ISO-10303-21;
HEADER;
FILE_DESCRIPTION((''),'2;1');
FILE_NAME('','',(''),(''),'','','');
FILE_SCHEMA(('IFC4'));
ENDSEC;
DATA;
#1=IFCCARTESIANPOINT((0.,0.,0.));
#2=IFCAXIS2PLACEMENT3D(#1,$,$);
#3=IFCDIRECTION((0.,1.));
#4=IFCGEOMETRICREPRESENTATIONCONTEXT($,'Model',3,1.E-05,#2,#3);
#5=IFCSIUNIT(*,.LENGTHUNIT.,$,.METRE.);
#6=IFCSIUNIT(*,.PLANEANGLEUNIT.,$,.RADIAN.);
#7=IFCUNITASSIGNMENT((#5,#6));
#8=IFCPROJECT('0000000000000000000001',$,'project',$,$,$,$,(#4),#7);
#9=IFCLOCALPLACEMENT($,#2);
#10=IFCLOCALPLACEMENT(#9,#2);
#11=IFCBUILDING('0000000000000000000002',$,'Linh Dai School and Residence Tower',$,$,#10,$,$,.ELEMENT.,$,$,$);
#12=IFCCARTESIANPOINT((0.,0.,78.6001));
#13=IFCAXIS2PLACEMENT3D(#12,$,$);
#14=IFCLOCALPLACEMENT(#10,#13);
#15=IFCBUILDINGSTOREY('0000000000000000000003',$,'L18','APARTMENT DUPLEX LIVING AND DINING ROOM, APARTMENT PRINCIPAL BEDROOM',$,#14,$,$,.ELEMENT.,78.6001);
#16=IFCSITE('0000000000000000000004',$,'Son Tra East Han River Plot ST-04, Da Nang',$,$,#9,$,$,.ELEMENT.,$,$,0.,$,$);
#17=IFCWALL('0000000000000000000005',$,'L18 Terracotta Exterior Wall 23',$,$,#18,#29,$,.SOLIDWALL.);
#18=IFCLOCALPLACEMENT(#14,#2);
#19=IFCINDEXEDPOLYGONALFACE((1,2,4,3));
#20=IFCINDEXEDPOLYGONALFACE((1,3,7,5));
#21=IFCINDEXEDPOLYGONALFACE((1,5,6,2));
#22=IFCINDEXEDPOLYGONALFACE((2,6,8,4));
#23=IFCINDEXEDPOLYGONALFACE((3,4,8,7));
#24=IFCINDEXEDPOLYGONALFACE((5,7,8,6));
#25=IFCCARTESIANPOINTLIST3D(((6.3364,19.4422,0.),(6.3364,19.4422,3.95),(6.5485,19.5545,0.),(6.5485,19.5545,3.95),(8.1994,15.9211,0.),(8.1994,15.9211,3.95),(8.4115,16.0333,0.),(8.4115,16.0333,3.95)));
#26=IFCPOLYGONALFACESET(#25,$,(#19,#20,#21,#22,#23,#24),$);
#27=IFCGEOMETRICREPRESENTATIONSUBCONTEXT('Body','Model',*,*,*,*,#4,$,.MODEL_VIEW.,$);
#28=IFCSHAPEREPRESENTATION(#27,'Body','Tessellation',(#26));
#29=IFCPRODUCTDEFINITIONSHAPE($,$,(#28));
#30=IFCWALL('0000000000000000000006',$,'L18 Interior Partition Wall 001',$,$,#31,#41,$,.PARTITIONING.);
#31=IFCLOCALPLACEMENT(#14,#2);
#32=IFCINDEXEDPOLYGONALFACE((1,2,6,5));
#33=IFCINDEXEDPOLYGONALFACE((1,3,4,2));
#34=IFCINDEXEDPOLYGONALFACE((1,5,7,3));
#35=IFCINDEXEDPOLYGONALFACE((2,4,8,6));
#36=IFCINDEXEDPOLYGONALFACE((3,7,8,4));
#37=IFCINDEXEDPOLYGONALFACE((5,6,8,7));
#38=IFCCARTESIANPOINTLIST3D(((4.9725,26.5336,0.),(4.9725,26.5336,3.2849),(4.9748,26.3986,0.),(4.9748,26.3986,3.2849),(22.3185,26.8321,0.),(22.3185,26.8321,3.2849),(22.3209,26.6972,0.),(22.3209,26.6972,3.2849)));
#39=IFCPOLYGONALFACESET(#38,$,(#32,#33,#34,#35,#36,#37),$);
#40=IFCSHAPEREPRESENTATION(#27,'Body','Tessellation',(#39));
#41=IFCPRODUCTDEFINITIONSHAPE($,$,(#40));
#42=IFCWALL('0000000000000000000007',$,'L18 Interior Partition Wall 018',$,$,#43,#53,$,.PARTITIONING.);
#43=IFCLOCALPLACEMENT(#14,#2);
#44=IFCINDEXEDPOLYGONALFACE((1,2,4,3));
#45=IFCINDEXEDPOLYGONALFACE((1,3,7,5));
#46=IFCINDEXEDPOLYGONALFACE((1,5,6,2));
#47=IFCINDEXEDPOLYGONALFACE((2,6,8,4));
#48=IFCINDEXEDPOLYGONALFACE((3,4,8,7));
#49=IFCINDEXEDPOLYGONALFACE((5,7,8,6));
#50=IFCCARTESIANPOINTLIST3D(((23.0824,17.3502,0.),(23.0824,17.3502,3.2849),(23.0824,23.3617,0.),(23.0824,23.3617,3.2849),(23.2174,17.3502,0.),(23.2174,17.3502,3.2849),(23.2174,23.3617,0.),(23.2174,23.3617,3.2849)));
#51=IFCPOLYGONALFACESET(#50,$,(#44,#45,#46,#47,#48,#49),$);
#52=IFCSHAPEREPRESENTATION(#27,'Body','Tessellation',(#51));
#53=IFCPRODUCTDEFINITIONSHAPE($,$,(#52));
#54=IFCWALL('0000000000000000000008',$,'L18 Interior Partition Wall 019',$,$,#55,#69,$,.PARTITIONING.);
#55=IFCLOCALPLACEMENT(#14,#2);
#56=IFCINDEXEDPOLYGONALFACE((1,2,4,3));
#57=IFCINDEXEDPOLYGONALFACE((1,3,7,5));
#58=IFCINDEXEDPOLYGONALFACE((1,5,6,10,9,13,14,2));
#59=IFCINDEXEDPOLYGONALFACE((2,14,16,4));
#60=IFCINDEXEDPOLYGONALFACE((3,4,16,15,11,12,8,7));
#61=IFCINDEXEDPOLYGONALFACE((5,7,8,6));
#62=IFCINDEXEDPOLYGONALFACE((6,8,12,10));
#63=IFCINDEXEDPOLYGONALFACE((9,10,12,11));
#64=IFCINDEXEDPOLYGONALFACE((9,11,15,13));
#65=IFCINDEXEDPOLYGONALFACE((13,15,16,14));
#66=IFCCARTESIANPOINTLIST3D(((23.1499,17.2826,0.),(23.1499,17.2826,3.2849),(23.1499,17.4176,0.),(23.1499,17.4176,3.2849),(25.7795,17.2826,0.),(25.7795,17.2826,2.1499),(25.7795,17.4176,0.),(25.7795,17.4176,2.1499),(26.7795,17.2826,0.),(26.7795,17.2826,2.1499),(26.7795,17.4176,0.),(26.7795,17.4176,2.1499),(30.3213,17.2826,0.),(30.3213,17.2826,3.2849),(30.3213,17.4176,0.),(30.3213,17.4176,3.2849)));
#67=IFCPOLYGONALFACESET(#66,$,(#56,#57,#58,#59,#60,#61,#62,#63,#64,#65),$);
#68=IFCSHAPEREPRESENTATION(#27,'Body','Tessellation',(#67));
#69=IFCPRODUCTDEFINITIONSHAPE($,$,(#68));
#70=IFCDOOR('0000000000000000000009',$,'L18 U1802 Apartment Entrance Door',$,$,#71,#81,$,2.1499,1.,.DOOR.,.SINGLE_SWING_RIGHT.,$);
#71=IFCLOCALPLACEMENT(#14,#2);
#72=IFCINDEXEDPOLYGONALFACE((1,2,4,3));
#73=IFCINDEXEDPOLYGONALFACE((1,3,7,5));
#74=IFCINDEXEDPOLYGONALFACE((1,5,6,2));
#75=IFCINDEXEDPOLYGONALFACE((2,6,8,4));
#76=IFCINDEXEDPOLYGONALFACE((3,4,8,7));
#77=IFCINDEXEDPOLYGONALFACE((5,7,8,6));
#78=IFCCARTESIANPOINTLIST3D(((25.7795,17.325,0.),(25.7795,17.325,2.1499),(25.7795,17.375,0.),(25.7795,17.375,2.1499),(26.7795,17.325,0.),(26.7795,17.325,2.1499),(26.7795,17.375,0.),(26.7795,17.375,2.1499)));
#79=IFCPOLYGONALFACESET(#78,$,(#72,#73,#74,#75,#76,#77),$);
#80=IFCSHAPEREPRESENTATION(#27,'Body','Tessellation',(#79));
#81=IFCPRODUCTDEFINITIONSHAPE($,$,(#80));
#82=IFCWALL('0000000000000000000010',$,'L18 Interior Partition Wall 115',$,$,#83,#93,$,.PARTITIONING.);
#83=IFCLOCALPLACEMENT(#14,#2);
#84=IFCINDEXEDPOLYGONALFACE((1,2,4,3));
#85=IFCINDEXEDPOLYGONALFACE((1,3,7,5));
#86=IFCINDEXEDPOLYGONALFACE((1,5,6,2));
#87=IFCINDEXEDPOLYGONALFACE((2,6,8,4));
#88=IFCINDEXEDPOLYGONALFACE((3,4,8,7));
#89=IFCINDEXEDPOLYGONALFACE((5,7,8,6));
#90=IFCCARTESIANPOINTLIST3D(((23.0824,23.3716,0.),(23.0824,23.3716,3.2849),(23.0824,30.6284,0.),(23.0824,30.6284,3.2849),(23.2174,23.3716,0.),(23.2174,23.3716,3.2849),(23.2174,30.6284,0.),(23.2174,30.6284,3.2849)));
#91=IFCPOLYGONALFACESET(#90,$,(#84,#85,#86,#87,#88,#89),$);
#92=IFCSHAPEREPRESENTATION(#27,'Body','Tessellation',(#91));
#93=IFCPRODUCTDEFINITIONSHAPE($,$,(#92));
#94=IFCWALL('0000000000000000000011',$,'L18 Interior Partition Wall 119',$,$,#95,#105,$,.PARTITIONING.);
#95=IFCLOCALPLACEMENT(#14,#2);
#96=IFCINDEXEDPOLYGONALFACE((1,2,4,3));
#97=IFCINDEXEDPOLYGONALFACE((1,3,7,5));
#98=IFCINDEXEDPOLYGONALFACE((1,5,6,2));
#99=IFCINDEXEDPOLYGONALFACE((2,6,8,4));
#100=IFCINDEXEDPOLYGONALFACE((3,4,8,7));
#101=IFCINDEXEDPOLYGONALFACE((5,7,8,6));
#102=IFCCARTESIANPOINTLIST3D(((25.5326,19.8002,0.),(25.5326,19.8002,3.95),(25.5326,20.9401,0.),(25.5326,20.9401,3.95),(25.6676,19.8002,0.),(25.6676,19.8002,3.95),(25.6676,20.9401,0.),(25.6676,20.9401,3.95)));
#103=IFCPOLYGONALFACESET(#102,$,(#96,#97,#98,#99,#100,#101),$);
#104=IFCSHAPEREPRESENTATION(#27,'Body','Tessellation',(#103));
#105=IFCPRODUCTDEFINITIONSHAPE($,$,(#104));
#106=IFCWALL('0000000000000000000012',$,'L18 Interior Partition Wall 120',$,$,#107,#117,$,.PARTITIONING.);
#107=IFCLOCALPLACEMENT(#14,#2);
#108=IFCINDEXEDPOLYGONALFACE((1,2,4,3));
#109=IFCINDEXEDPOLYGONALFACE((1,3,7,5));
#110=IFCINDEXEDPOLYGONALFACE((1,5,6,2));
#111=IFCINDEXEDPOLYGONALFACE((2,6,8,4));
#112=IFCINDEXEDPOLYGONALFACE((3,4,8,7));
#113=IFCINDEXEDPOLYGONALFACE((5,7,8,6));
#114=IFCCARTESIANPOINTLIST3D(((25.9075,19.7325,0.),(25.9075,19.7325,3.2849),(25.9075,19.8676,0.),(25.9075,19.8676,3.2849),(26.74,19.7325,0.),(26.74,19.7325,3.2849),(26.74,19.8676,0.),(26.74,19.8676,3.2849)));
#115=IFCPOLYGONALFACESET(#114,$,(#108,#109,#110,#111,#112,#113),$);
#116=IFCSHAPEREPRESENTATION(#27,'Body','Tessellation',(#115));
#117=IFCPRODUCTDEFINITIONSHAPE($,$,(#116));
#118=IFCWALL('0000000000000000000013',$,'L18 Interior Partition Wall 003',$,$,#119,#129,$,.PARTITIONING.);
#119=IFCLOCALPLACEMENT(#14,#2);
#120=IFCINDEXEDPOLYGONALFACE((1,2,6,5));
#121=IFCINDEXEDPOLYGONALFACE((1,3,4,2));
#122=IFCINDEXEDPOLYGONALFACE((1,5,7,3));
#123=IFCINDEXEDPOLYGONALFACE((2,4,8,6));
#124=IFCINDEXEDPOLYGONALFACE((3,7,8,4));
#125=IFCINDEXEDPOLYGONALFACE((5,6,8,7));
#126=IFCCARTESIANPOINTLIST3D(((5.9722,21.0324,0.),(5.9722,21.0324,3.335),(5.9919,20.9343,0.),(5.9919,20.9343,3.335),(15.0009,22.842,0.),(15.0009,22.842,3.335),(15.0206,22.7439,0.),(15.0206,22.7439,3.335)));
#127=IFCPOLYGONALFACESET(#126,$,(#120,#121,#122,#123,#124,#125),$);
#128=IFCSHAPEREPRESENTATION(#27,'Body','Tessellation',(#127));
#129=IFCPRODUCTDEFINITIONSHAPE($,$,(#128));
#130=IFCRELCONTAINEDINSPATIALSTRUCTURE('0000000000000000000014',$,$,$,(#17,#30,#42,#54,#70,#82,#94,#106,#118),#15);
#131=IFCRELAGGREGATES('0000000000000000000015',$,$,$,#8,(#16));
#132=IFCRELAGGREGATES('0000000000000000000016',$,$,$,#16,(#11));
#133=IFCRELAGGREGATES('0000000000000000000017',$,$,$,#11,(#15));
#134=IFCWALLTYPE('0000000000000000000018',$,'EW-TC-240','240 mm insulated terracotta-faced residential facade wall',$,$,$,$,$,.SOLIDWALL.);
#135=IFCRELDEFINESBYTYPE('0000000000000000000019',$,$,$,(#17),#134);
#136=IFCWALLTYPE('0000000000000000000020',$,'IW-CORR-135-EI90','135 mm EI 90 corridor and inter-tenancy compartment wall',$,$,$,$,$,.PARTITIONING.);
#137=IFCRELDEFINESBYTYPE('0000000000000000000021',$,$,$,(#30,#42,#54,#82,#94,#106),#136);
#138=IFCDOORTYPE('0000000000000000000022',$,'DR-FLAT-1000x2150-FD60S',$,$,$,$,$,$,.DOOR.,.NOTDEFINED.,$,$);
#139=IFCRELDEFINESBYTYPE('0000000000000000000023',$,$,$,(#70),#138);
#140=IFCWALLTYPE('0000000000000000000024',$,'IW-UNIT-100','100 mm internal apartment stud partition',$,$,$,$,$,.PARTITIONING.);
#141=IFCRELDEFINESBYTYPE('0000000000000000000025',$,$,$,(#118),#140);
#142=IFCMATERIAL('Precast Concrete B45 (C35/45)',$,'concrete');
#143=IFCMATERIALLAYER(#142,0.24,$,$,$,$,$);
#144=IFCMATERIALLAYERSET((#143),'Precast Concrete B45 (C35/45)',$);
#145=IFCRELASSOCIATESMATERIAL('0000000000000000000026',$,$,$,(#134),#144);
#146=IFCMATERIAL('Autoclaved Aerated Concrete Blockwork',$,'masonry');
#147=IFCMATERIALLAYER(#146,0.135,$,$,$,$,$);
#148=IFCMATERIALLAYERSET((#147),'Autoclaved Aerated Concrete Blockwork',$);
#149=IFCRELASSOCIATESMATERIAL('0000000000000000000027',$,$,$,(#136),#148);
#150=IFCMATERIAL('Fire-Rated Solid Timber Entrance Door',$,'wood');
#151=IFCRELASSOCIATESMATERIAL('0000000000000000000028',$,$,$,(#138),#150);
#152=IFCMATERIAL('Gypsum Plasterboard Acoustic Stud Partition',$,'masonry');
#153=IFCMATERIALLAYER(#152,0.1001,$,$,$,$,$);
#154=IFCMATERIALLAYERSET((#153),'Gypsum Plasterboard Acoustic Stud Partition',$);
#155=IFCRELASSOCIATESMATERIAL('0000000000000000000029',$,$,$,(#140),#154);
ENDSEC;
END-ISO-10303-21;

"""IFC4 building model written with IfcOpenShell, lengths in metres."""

from ifc_helpers import new_model, si_unit, direction, frame, frame_2d, origin, origin_2d, place, context, subcontext, project, spatial, rectangle, extrude, source, transform, mapped, material, layer, layer_set, type_object, element, fill, save


model = new_model("IFC4")

# Units and contexts
model_context = context("Model", 3, precision=1e-05, world=origin(), true_north=direction((0.0, 1.0)))
body_context = subcontext(model_context, "Body", "Model", "MODEL_VIEW")
ifc_project = project(units=[si_unit("LENGTHUNIT", "METRE"), si_unit("PLANEANGLEUNIT", "RADIAN")], contexts=[model_context])

# Site, building, storey
site_placement = place(None, origin())
site = spatial("IfcSite", under=ifc_project, at=site_placement, Name="Son Tra East Han River Plot ST-04, Da Nang", CompositionType="ELEMENT", RefElevation=0.0)
building_placement = place(site_placement, origin())
building = spatial("IfcBuilding", under=site, at=building_placement, Name="Linh Dai School and Residence Tower", CompositionType="ELEMENT")
storey_placement = place(building_placement, frame((0.0, 0.0, 78.6001)))
storey = spatial("IfcBuildingStorey", under=building, at=storey_placement, Name="L18", Description="APARTMENT DUPLEX LIVING AND DINING ROOM, APARTMENT PRINCIPAL BEDROOM", CompositionType="ELEMENT", Elevation=78.6001)

# Shared definitions
ifc_material_1 = material(Name="Precast Concrete B45 (C35/45)", Category="concrete")

# Shared definitions
ifc_layer_1 = layer(ifc_material_1, 0.24)
ifc_layer_set_1 = layer_set([ifc_layer_1], Name="Precast Concrete B45 (C35/45)")
wall_type_1 = type_object("IfcWallType", Name="EW-TC-240", Description="240 mm insulated terracotta-faced residential facade wall", PredefinedType="SOLIDWALL", material=ifc_layer_set_1)

# Walls
wall_1_placement = place(storey_placement, frame((8.3054, 15.9773, 0.0), z_axis=(0.0, 0.0, 1.0), x_axis=(-0.467662, 0.883907, 0.0)))
element("IfcWall", 1, at=wall_1_placement, inside=storey, type_object=wall_type_1, Name="L18 Terracotta Exterior Wall 23", PredefinedType="SOLIDWALL", context=body_context, shape_type="SweptSolid", body=[
    extrude(rectangle(XDim=3.9836, YDim=0.24, at=frame_2d((1.9917, 0.0))), origin(), (0.0, 0.0, 1.0), 3.95),
])
ifc_material_2 = material(Name="Autoclaved Aerated Concrete Blockwork", Category="masonry")
ifc_layer_2 = layer(ifc_material_2, 0.135)
ifc_layer_set_2 = layer_set([ifc_layer_2], Name="Autoclaved Aerated Concrete Blockwork")
wall_type_2 = type_object("IfcWallType", Name="IW-CORR-135-EI90", Description="135 mm EI 90 corridor and inter-tenancy compartment wall", PredefinedType="PARTITIONING", material=ifc_layer_set_2)
wall_2_placement = place(storey_placement, frame((4.9736, 26.4661, 0.0), z_axis=(0.0, 0.0, 1.0), x_axis=(0.999852, 0.017211, 0.0)))
element("IfcWall", 2, at=wall_2_placement, inside=storey, type_object=wall_type_2, Name="L18 Interior Partition Wall 001", PredefinedType="PARTITIONING", context=body_context, shape_type="SweptSolid", body=[
    extrude(rectangle(XDim=17.3486, YDim=0.135, at=frame_2d((8.6743, 0.0))), origin(), (0.0, 0.0, 1.0), 3.2849),
])
wall_3_placement = place(storey_placement, frame((23.1499, 17.3501, 0.0), z_axis=(0.0, 0.0, 1.0), x_axis=(0.0, 1.0, 0.0)))
element("IfcWall", 3, at=wall_3_placement, inside=storey, type_object=wall_type_2, Name="L18 Interior Partition Wall 018", PredefinedType="PARTITIONING", context=body_context, shape_type="SweptSolid", body=[
    extrude(rectangle(XDim=6.0115, YDim=0.135, at=frame_2d((3.0059, 0.0))), origin(), (0.0, 0.0, 1.0), 3.2849),
])

# Wall, opening, door
wall_4_placement = place(storey_placement, frame((23.1499, 17.3501, 0.0), z_axis=(0.0, 0.0, 1.0), x_axis=(1.0, 0.0, 0.0)))
wall_4 = element("IfcWall", 4, at=wall_4_placement, inside=storey, type_object=wall_type_2, Name="L18 Interior Partition Wall 019", PredefinedType="PARTITIONING", context=body_context, shape_type="SweptSolid", body=[
    extrude(rectangle(XDim=7.1714, YDim=0.135, at=frame_2d((3.5857, 0.0))), origin(), (0.0, 0.0, 1.0), 3.2849),
])
opening_1_placement = place(wall_4_placement, frame((2.6296, 0.0, 0.0)))
opening_1 = element("IfcOpeningElement", 5, at=opening_1_placement, cuts=wall_4, PredefinedType="OPENING", context=body_context, shape_type="SweptSolid", body=[
    extrude(rectangle(XDim=1.0, YDim=2.1499, at=origin_2d()), frame((0.5, 0.0776, 1.075), z_axis=(0.0, -1.0, 0.0), x_axis=(1.0, 0.0, 0.0)), (0.0, 0.0, 1.0), 0.155),
])
ifc_material_3 = material(Name="Fire-Rated Solid Timber Entrance Door", Category="wood")
door_type_1 = type_object("IfcDoorType", Name="DR-FLAT-1000x2150-FD60S", OperationType="NOTDEFINED", PredefinedType="DOOR", material=ifc_material_3)
shared_shape_1 = source(origin(), body_context, "Body", "SweptSolid", [
    extrude(rectangle(XDim=1.0, YDim=2.1499, at=origin_2d()), frame((0.5, 0.0249, 1.075), z_axis=(0.0, -1.0, 0.0), x_axis=(1.0, 0.0, 0.0)), (0.0, 0.0, 1.0), 0.05),
])
door_1_placement = place(opening_1_placement, origin())
door_1 = element("IfcDoor", 6, at=door_1_placement, inside=storey, type_object=door_type_1, Name="L18 U1802 Apartment Entrance Door", OperationType="SINGLE_SWING_RIGHT", OverallHeight=2.1499, OverallWidth=1.0, PredefinedType="DOOR", context=body_context, shape_type="MappedRepresentation", body=[
    mapped(shared_shape_1, transform((0.0, 0.0, 0.0), x_axis=(1.0, 0.0, 0.0), y_axis=(0.0, 1.0, 0.0), z_axis=(0.0, 0.0, 1.0), scale=1.0)),
])
fill(opening_1, door_1)

# Walls
wall_5_placement = place(storey_placement, frame((23.1499, 23.3716, 0.0), z_axis=(0.0, 0.0, 1.0), x_axis=(0.0, 1.0, 0.0)))
element("IfcWall", 7, at=wall_5_placement, inside=storey, type_object=wall_type_2, Name="L18 Interior Partition Wall 115", PredefinedType="PARTITIONING", context=body_context, shape_type="SweptSolid", body=[
    extrude(rectangle(XDim=7.2568, YDim=0.135, at=frame_2d((3.6284, 0.0))), origin(), (0.0, 0.0, 1.0), 3.2849),
])
wall_6_placement = place(storey_placement, frame((25.6001, 20.9399, 0.0), z_axis=(0.0, 0.0, 1.0), x_axis=(0.0, -1.0, 0.0)))
element("IfcWall", 8, at=wall_6_placement, inside=storey, type_object=wall_type_2, Name="L18 Interior Partition Wall 119", PredefinedType="PARTITIONING", context=body_context, shape_type="SweptSolid", body=[
    extrude(rectangle(XDim=1.1399, YDim=0.135, at=frame_2d((0.5698, 0.0))), origin(), (0.0, 0.0, 1.0), 3.95),
])
wall_7_placement = place(storey_placement, frame((25.9075, 19.8, 0.0), z_axis=(0.0, 0.0, 1.0), x_axis=(1.0, 0.0, 0.0)))
element("IfcWall", 9, at=wall_7_placement, inside=storey, type_object=wall_type_2, Name="L18 Interior Partition Wall 120", PredefinedType="PARTITIONING", context=body_context, shape_type="SweptSolid", body=[
    extrude(rectangle(XDim=0.8325, YDim=0.135, at=frame_2d((0.4163, 0.0))), origin(), (0.0, 0.0, 1.0), 3.2849),
])
ifc_material_4 = material(Name="Gypsum Plasterboard Acoustic Stud Partition", Category="masonry")
ifc_layer_3 = layer(ifc_material_4, 0.1001)
ifc_layer_set_3 = layer_set([ifc_layer_3], Name="Gypsum Plasterboard Acoustic Stud Partition")
wall_type_3 = type_object("IfcWallType", Name="IW-UNIT-100", Description="100 mm internal apartment stud partition", PredefinedType="PARTITIONING", material=ifc_layer_set_3)
wall_8_placement = place(storey_placement, frame((5.9822, 20.9834, 0.0), z_axis=(0.0, 0.0, 1.0), x_axis=(0.980501, 0.196514, 0.0)))
element("IfcWall", 10, at=wall_8_placement, inside=storey, type_object=wall_type_3, Name="L18 Interior Partition Wall 003", PredefinedType="PARTITIONING", context=body_context, shape_type="SweptSolid", body=[
    extrude(rectangle(XDim=9.2083, YDim=0.1001, at=frame_2d((4.604, 0.0))), origin(), (0.0, 0.0, 1.0), 3.335),
])

save(model, "model.ifc")
